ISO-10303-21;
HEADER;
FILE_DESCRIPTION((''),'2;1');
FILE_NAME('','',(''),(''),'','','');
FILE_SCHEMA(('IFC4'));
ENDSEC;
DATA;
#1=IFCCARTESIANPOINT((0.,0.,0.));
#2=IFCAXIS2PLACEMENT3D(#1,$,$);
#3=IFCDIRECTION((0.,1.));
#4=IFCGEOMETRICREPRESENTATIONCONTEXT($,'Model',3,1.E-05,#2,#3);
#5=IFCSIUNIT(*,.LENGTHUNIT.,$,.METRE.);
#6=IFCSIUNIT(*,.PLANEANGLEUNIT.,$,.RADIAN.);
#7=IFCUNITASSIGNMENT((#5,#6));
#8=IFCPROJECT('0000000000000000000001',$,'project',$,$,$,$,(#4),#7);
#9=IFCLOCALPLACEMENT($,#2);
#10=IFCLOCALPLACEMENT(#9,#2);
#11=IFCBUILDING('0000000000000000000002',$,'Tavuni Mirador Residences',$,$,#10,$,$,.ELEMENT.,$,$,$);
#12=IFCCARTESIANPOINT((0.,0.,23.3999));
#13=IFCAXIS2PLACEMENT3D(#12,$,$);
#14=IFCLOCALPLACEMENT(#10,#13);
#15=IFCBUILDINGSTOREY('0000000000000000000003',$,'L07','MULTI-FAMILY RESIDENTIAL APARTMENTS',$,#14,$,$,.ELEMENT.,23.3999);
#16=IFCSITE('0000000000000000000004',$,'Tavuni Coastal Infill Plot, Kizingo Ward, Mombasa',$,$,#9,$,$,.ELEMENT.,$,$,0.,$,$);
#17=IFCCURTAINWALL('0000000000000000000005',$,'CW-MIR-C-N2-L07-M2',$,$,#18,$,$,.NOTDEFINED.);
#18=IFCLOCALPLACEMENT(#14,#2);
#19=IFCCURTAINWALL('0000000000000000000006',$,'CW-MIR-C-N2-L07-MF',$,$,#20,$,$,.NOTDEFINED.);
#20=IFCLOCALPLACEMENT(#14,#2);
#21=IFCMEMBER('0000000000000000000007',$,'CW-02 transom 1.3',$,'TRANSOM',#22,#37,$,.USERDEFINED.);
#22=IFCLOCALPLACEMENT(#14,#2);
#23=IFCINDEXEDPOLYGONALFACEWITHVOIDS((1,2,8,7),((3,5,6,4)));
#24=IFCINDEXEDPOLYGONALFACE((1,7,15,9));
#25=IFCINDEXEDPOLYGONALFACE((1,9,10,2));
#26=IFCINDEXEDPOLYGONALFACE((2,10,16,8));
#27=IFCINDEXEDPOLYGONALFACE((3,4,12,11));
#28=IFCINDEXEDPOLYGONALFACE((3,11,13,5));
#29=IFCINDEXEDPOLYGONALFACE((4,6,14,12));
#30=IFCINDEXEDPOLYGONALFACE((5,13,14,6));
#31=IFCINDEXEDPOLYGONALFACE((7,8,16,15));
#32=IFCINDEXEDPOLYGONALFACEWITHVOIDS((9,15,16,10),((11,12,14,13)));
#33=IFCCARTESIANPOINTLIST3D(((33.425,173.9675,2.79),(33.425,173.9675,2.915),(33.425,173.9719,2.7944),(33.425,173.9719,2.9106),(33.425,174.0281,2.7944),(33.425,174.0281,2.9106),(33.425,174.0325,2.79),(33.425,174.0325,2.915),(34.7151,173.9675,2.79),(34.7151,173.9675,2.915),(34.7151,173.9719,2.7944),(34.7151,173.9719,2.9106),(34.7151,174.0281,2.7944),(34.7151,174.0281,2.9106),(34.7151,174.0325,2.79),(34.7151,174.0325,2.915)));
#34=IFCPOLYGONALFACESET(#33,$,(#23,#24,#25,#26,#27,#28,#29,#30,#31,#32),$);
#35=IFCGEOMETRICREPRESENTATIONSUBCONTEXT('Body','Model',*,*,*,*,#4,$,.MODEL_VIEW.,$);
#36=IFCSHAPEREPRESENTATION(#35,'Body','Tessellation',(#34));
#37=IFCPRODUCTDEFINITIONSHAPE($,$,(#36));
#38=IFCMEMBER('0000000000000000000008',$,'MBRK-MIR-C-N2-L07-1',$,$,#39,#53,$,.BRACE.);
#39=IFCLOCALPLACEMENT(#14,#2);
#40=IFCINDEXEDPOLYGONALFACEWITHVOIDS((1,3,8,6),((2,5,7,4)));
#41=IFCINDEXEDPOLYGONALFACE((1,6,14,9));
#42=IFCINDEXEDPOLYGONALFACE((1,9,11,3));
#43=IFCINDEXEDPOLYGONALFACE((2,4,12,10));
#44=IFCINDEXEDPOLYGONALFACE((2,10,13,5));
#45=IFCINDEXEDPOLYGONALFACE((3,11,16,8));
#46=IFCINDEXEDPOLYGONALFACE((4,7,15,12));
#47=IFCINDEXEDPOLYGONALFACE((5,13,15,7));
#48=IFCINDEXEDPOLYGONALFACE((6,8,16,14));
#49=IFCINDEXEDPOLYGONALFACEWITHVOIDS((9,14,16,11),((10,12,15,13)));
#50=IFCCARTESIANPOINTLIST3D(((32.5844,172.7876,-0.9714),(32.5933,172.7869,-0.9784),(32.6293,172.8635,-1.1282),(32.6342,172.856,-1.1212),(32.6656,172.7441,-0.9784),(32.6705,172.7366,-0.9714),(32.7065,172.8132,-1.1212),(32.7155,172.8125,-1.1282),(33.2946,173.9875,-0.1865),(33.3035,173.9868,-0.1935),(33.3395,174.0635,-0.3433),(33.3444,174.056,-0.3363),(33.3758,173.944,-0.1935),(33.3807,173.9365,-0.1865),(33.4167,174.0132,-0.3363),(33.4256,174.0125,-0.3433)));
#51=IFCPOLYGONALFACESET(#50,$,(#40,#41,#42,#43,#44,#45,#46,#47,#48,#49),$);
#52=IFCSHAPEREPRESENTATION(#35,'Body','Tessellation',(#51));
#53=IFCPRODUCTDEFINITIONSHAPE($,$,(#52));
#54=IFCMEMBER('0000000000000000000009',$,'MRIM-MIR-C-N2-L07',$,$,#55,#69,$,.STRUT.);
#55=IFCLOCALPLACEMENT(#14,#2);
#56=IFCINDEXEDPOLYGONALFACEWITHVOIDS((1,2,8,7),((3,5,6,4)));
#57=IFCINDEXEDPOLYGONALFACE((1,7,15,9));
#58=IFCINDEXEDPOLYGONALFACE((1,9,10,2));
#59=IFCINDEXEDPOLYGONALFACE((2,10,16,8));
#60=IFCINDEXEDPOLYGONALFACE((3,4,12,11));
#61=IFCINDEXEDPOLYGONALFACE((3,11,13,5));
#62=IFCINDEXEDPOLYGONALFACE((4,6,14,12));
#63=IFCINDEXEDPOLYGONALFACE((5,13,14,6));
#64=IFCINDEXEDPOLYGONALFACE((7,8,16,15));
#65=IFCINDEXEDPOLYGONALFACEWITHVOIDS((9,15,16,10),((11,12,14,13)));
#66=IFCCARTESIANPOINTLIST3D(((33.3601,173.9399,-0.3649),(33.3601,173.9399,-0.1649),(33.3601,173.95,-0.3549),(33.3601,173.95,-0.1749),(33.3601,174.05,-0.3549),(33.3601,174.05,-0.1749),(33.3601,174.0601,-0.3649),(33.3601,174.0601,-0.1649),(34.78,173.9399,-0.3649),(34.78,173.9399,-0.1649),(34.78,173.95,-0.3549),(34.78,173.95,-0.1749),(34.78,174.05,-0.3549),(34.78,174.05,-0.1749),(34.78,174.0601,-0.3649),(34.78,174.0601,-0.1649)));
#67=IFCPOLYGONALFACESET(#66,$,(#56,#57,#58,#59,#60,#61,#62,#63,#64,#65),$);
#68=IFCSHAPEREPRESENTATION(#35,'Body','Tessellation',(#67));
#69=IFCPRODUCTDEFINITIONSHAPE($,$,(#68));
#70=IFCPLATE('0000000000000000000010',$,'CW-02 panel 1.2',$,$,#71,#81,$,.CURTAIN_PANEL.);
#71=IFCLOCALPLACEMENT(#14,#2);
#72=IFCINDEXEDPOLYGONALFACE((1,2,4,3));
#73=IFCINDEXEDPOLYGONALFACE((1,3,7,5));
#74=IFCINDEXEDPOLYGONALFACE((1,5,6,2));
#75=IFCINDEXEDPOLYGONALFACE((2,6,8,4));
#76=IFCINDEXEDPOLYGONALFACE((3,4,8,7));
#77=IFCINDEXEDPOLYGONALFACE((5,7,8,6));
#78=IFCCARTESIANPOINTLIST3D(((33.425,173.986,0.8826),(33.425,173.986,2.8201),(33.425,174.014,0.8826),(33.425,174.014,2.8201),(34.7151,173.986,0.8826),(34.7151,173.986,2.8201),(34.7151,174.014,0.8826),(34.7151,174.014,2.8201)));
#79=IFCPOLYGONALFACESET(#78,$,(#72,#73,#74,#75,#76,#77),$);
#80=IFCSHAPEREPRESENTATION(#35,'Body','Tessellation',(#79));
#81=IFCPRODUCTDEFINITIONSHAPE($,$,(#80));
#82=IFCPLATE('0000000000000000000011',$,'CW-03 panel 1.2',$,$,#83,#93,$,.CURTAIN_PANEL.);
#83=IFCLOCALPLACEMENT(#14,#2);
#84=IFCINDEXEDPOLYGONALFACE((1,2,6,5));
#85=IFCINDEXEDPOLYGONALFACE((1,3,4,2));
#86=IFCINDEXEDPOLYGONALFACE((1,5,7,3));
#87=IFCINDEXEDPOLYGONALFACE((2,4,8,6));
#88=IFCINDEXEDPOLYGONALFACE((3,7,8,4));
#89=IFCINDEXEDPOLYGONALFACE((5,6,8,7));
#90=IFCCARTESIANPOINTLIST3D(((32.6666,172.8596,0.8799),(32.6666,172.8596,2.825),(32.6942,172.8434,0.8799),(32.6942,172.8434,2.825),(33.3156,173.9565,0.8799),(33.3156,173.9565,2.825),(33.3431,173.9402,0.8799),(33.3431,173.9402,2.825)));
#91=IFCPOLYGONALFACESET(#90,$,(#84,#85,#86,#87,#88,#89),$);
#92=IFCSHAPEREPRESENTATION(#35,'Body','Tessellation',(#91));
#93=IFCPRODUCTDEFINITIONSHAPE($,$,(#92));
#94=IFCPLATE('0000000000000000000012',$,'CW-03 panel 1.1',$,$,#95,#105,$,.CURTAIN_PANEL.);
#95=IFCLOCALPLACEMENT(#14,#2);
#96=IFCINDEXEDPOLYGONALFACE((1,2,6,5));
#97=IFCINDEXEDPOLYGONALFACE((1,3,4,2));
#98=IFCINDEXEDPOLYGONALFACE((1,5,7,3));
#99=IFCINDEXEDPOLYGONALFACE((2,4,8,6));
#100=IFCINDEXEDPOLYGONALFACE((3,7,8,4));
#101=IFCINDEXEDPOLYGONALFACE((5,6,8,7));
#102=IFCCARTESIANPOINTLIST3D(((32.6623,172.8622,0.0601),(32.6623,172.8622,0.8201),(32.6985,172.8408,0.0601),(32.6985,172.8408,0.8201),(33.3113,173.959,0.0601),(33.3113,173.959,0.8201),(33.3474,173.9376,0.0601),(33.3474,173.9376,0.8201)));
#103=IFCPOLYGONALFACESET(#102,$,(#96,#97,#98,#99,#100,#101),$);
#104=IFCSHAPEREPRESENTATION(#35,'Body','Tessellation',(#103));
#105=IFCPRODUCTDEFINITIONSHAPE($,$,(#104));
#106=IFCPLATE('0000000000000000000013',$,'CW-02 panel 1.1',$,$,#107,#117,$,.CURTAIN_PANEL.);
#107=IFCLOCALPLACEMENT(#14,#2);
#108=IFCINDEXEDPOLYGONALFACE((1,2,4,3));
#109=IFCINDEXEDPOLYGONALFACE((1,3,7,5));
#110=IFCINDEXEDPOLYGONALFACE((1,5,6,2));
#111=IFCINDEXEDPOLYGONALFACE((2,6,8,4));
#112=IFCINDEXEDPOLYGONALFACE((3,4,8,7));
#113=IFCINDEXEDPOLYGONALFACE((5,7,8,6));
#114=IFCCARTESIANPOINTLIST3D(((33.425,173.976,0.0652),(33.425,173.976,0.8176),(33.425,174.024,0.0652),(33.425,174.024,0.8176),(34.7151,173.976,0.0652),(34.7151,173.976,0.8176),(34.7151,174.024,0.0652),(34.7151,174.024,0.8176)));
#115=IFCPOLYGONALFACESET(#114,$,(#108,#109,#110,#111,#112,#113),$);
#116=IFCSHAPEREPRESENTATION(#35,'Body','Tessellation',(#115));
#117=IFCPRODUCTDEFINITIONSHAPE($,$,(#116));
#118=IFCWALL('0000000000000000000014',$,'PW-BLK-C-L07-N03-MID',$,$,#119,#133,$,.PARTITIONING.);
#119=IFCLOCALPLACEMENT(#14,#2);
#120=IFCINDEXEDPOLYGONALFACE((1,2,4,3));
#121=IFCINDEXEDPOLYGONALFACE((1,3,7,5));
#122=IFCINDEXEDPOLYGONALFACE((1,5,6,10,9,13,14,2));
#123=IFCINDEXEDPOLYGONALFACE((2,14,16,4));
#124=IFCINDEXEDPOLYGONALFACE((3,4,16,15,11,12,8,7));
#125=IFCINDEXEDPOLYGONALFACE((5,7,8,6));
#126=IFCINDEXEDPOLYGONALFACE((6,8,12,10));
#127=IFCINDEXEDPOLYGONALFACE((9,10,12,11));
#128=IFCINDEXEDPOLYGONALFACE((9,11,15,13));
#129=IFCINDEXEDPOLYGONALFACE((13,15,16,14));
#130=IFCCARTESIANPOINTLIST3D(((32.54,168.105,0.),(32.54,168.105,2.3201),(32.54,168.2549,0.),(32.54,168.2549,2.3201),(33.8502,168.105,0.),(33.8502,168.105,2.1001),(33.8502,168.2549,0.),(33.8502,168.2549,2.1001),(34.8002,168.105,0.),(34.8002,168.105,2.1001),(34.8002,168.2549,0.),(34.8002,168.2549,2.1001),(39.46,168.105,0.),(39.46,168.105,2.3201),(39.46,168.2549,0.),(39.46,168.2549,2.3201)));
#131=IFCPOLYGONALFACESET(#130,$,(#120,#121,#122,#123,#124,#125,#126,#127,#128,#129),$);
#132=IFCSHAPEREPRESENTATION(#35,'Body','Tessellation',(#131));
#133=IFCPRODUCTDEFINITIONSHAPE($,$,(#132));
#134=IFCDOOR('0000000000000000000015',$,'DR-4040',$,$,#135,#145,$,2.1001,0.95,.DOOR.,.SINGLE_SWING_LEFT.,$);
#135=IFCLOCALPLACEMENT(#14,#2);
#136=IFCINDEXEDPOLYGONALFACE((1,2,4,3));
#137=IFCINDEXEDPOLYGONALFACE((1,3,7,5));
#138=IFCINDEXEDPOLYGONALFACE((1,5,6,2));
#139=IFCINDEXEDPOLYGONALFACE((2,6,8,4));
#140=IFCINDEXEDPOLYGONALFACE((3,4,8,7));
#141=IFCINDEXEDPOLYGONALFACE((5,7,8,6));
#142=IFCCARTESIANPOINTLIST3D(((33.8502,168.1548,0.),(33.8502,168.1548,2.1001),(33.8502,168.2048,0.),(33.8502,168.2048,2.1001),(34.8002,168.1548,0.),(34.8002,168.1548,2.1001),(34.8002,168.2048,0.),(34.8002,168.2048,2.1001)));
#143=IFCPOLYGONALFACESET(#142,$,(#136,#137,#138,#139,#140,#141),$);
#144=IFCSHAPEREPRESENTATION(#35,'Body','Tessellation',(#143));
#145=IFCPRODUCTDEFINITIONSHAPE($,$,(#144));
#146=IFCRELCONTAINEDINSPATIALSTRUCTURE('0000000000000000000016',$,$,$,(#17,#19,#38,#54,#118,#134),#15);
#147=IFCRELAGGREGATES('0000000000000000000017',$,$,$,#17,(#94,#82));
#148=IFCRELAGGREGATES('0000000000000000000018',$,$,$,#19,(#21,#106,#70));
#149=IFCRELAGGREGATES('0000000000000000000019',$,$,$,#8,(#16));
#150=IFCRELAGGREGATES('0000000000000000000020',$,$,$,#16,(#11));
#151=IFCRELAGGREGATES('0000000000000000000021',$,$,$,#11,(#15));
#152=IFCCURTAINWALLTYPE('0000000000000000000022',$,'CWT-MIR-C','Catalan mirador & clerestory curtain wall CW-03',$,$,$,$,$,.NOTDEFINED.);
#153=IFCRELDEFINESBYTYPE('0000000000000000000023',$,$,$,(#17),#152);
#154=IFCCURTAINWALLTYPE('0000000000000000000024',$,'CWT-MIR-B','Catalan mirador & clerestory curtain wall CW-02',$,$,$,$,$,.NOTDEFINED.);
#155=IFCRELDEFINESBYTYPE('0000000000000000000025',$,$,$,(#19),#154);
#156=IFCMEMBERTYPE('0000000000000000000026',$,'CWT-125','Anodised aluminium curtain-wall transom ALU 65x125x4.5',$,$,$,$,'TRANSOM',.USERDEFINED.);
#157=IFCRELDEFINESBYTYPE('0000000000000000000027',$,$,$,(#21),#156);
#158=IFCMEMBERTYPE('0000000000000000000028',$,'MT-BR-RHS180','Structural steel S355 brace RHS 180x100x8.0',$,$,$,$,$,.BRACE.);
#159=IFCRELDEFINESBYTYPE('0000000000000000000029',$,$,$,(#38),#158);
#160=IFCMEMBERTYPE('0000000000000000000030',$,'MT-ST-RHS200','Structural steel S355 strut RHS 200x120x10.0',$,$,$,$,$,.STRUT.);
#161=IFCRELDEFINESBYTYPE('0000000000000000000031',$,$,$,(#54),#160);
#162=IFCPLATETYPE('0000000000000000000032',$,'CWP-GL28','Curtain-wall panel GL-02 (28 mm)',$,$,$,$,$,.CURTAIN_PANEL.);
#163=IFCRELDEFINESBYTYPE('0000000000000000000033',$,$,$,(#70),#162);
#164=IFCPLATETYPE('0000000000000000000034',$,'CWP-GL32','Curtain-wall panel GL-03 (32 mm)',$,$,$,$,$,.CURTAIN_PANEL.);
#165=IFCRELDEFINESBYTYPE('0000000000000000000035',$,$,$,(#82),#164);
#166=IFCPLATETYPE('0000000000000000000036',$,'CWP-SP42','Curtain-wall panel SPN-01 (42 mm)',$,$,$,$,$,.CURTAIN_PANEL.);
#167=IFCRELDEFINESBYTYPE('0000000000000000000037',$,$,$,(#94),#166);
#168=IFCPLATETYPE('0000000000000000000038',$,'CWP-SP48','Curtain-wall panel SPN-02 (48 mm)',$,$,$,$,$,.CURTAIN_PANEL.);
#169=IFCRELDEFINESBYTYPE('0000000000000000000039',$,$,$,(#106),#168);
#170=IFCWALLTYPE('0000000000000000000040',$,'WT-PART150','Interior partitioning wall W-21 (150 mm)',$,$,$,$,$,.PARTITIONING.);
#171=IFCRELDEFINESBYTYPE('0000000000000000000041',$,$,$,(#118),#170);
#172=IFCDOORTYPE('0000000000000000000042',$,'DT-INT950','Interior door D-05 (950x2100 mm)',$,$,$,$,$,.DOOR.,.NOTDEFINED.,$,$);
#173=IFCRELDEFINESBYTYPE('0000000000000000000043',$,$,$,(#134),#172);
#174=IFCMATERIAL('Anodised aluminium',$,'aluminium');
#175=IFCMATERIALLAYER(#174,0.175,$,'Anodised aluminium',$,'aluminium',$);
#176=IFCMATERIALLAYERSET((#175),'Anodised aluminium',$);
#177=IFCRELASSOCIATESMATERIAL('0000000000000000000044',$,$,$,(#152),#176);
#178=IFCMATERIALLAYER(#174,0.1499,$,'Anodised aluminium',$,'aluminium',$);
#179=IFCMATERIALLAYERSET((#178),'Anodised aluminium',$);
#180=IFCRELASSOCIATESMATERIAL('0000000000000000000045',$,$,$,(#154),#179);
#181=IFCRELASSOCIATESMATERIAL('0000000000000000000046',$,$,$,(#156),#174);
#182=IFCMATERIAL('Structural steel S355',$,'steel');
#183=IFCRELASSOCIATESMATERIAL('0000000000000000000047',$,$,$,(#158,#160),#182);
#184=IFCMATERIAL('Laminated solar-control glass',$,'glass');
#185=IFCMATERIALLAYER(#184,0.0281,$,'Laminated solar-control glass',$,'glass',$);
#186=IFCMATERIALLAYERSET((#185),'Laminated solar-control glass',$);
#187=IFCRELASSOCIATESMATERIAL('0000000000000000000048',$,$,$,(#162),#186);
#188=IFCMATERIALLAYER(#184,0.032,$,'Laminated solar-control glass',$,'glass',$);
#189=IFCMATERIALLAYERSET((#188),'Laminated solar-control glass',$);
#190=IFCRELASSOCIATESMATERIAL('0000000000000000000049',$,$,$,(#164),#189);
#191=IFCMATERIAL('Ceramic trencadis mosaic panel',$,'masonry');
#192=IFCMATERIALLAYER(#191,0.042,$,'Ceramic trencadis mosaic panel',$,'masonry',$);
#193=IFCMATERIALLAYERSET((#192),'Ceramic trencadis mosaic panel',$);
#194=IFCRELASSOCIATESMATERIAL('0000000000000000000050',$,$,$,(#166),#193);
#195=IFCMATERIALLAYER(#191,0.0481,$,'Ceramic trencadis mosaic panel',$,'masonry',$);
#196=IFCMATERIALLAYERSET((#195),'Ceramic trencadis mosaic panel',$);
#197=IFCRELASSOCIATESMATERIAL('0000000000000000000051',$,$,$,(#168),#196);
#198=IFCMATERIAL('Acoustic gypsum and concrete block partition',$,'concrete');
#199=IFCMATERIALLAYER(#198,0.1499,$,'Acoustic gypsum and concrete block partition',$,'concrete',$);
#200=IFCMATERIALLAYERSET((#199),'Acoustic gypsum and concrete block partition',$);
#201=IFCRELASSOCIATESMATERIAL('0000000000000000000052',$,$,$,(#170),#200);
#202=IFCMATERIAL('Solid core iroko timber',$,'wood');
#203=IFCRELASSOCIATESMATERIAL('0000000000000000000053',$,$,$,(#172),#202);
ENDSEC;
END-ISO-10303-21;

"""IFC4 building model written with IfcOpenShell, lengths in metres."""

from ifc_helpers import new_model, si_unit, direction, frame, frame_2d, origin, origin_2d, place, context, subcontext, project, spatial, rectangle, hollow_rectangle, extrude, material, layer, layer_set, material_profile, profile_set, type_object, element, fill, aggregate, save


model = new_model("IFC4")

# Units and contexts
model_context = context("Model", 3, precision=1e-05, world=origin(), true_north=direction((0.0, 1.0)))
body_context = subcontext(model_context, "Body", "Model", "MODEL_VIEW")
ifc_project = project(units=[si_unit("LENGTHUNIT", "METRE"), si_unit("PLANEANGLEUNIT", "RADIAN")], contexts=[model_context])

# Site, building, storey
site_placement = place(None, origin())
site = spatial("IfcSite", under=ifc_project, at=site_placement, Name="Tavuni Coastal Infill Plot, Kizingo Ward, Mombasa", CompositionType="ELEMENT", RefElevation=0.0)
building_placement = place(site_placement, origin())
building = spatial("IfcBuilding", under=site, at=building_placement, Name="Tavuni Mirador Residences", CompositionType="ELEMENT")
storey_placement = place(building_placement, frame((0.0, 0.0, 23.3999)))
storey = spatial("IfcBuildingStorey", under=building, at=storey_placement, Name="L07", Description="MULTI-FAMILY RESIDENTIAL APARTMENTS", CompositionType="ELEMENT", Elevation=23.3999)

# Curtain wall
ifc_material_1 = material(Name="Anodised aluminium", Category="aluminium")
ifc_layer_1 = layer(ifc_material_1, 0.175, Name="Anodised aluminium", Category="aluminium")
ifc_layer_set_1 = layer_set([ifc_layer_1], Name="Anodised aluminium")
curtain_wall_type_1 = type_object("IfcCurtainWallType", Name="CWT-MIR-C", Description="Catalan mirador & clerestory curtain wall CW-03", PredefinedType="NOTDEFINED", material=ifc_layer_set_1)
curtain_wall_1_placement = place(storey_placement, origin())
curtain_wall_1 = element("IfcCurtainWall", 1, at=curtain_wall_1_placement, inside=storey, type_object=curtain_wall_type_1, Name="CW-MIR-C-N2-L07-M2", PredefinedType="NOTDEFINED")

# Curtain wall
ifc_layer_2 = layer(ifc_material_1, 0.1499, Name="Anodised aluminium", Category="aluminium")
ifc_layer_set_2 = layer_set([ifc_layer_2], Name="Anodised aluminium")
curtain_wall_type_2 = type_object("IfcCurtainWallType", Name="CWT-MIR-B", Description="Catalan mirador & clerestory curtain wall CW-02", PredefinedType="NOTDEFINED", material=ifc_layer_set_2)
curtain_wall_2_placement = place(storey_placement, origin())
curtain_wall_2 = element("IfcCurtainWall", 2, at=curtain_wall_2_placement, inside=storey, type_object=curtain_wall_type_2, Name="CW-MIR-C-N2-L07-MF", PredefinedType="NOTDEFINED")

# Member
ifc_material_profile_1 = material_profile(ifc_material_1, hollow_rectangle(XDim=0.0649, YDim=0.125, WallThickness=0.0044, at=origin_2d()), Name="ALU 65x125x4.5", Category="aluminium")
ifc_profile_set_1 = profile_set([ifc_material_profile_1], Name="Anodised aluminium")
member_type_1 = type_object("IfcMemberType", Name="CWT-125", Description="Anodised aluminium curtain-wall transom ALU 65x125x4.5", ElementType="TRANSOM", PredefinedType="USERDEFINED", material=ifc_profile_set_1)
member_1_placement = place(storey_placement, frame((34.7151, 174.0, 2.8525), z_axis=(-1.0, 0.0, 0.0), x_axis=(0.0, -1.0, 0.0)))
member_1 = element("IfcMember", 3, at=member_1_placement, type_object=member_type_1, Name="CW-02 transom 1.3", ObjectType="TRANSOM", PredefinedType="USERDEFINED", context=body_context, shape_type="SweptSolid", body=[
    extrude(hollow_rectangle(XDim=0.0649, YDim=0.125, WallThickness=0.0044, at=origin_2d()), origin(), (0.0, 0.0, 1.0), 1.29),
])

# Members
ifc_material_2 = material(Name="Structural steel S355", Category="steel")
ifc_material_profile_2 = material_profile(ifc_material_2, hollow_rectangle(XDim=0.1001, YDim=0.1799, WallThickness=0.0081, at=origin_2d()), Name="RHS 180x100x8.0", Category="steel")
ifc_profile_set_2 = profile_set([ifc_material_profile_2], Name="Structural steel S355")
member_type_2 = type_object("IfcMemberType", Name="MT-BR-RHS180", Description="Structural steel S355 brace RHS 180x100x8.0", PredefinedType="BRACE", material=ifc_profile_set_2)
member_2_placement = place(storey_placement, frame((32.6499, 172.8, -1.0498), z_axis=(0.443847, 0.749917, 0.490535), x_axis=(-0.860567, 0.509337, 0.0)))
element("IfcMember", 4, at=member_2_placement, inside=storey, type_object=member_type_2, Name="MBRK-MIR-C-N2-L07-1", PredefinedType="BRACE", context=body_context, shape_type="SweptSolid", body=[
    extrude(hollow_rectangle(XDim=0.1001, YDim=0.1799, WallThickness=0.0081, at=origin_2d()), origin(), (0.0, 0.0, 1.0), 1.6001),
])
ifc_material_profile_3 = material_profile(ifc_material_2, hollow_rectangle(XDim=0.1201, YDim=0.2, WallThickness=0.01, at=origin_2d()), Name="RHS 200x120x10.0", Category="steel")
ifc_profile_set_3 = profile_set([ifc_material_profile_3], Name="Structural steel S355")
member_type_3 = type_object("IfcMemberType", Name="MT-ST-RHS200", Description="Structural steel S355 strut RHS 200x120x10.0", PredefinedType="STRUT", material=ifc_profile_set_3)
member_3_placement = place(storey_placement, frame((33.3601, 174.0, -0.2649), z_axis=(1.0, 0.0, 0.0), x_axis=(0.0, 1.0, 0.0)))
element("IfcMember", 5, at=member_3_placement, inside=storey, type_object=member_type_3, Name="MRIM-MIR-C-N2-L07", PredefinedType="STRUT", context=body_context, shape_type="SweptSolid", body=[
    extrude(hollow_rectangle(XDim=0.1201, YDim=0.2, WallThickness=0.01, at=origin_2d()), origin(), (0.0, 0.0, 1.0), 1.4199),
])

# Plates
ifc_material_3 = material(Name="Laminated solar-control glass", Category="glass")
ifc_layer_3 = layer(ifc_material_3, 0.0281, Name="Laminated solar-control glass", Category="glass")
ifc_layer_set_3 = layer_set([ifc_layer_3], Name="Laminated solar-control glass")
plate_type_1 = type_object("IfcPlateType", Name="CWP-GL28", Description="Curtain-wall panel GL-02 (28 mm)", PredefinedType="CURTAIN_PANEL", material=ifc_layer_set_3)
plate_1_placement = place(storey_placement, frame((34.0701, 174.0, 0.8826), z_axis=(0.0, 0.0, 1.0), x_axis=(-1.0, 0.0, 0.0)))
plate_1 = element("IfcPlate", 6, at=plate_1_placement, type_object=plate_type_1, Name="CW-02 panel 1.2", PredefinedType="CURTAIN_PANEL", context=body_context, shape_type="SweptSolid", body=[
    extrude(rectangle(XDim=1.29, YDim=0.0281, at=origin_2d()), origin(), (0.0, 0.0, 1.0), 1.9375),
])
ifc_layer_4 = layer(ifc_material_3, 0.032, Name="Laminated solar-control glass", Category="glass")
ifc_layer_set_4 = layer_set([ifc_layer_4], Name="Laminated solar-control glass")
plate_type_2 = type_object("IfcPlateType", Name="CWP-GL32", Description="Curtain-wall panel GL-03 (32 mm)", PredefinedType="CURTAIN_PANEL", material=ifc_layer_set_4)
plate_2_placement = place(storey_placement, frame((33.0049, 173.3999, 0.8799), z_axis=(0.0, 0.0, 1.0), x_axis=(-0.509212, -0.860641, 0.0)))
plate_2 = element("IfcPlate", 7, at=plate_2_placement, type_object=plate_type_2, Name="CW-03 panel 1.2", PredefinedType="CURTAIN_PANEL", context=body_context, shape_type="SweptSolid", body=[
    extrude(rectangle(XDim=1.2744, YDim=0.032, at=origin_2d()), origin(), (0.0, 0.0, 1.0), 1.9451),
])
ifc_material_4 = material(Name="Ceramic trencadis mosaic panel", Category="masonry")
ifc_layer_5 = layer(ifc_material_4, 0.042, Name="Ceramic trencadis mosaic panel", Category="masonry")
ifc_layer_set_5 = layer_set([ifc_layer_5], Name="Ceramic trencadis mosaic panel")
plate_type_3 = type_object("IfcPlateType", Name="CWP-SP42", Description="Curtain-wall panel SPN-01 (42 mm)", PredefinedType="CURTAIN_PANEL", material=ifc_layer_set_5)
plate_3_placement = place(storey_placement, frame((33.0049, 173.3999, 0.0601), z_axis=(0.0, 0.0, 1.0), x_axis=(-0.509212, -0.860641, 0.0)))
plate_3 = element("IfcPlate", 8, at=plate_3_placement, type_object=plate_type_3, Name="CW-03 panel 1.1", PredefinedType="CURTAIN_PANEL", context=body_context, shape_type="SweptSolid", body=[
    extrude(rectangle(XDim=1.2744, YDim=0.042, at=origin_2d()), origin(), (0.0, 0.0, 1.0), 0.76),
])
aggregate(curtain_wall_1, [plate_3, plate_2])
ifc_layer_6 = layer(ifc_material_4, 0.0481, Name="Ceramic trencadis mosaic panel", Category="masonry")
ifc_layer_set_6 = layer_set([ifc_layer_6], Name="Ceramic trencadis mosaic panel")
plate_type_4 = type_object("IfcPlateType", Name="CWP-SP48", Description="Curtain-wall panel SPN-02 (48 mm)", PredefinedType="CURTAIN_PANEL", material=ifc_layer_set_6)
plate_4_placement = place(storey_placement, frame((34.0701, 174.0, 0.0652), z_axis=(0.0, 0.0, 1.0), x_axis=(-1.0, 0.0, 0.0)))
plate_4 = element("IfcPlate", 9, at=plate_4_placement, type_object=plate_type_4, Name="CW-02 panel 1.1", PredefinedType="CURTAIN_PANEL", context=body_context, shape_type="SweptSolid", body=[
    extrude(rectangle(XDim=1.29, YDim=0.0481, at=origin_2d()), origin(), (0.0, 0.0, 1.0), 0.7524),
])
aggregate(curtain_wall_2, [member_1, plate_4, plate_1])

# Wall, opening, door
ifc_material_5 = material(Name="Acoustic gypsum and concrete block partition", Category="concrete")
ifc_layer_7 = layer(ifc_material_5, 0.1499, Name="Acoustic gypsum and concrete block partition", Category="concrete")
ifc_layer_set_7 = layer_set([ifc_layer_7], Name="Acoustic gypsum and concrete block partition")
wall_type = type_object("IfcWallType", Name="WT-PART150", Description="Interior partitioning wall W-21 (150 mm)", PredefinedType="PARTITIONING", material=ifc_layer_set_7)
wall_placement = place(storey_placement, frame((32.54, 168.1799, 0.0), z_axis=(0.0, 0.0, 1.0), x_axis=(1.0, 0.0, 0.0)))
wall = element("IfcWall", 10, at=wall_placement, inside=storey, type_object=wall_type, Name="PW-BLK-C-L07-N03-MID", PredefinedType="PARTITIONING", context=body_context, shape_type="SweptSolid", body=[
    extrude(rectangle(XDim=6.9199, YDim=0.1499, at=frame_2d((3.46, 0.0))), origin(), (0.0, 0.0, 1.0), 2.3201),
])
opening_placement = place(wall_placement, frame((1.3101, 0.0, 0.0)))
opening = element("IfcOpeningElement", 11, at=opening_placement, cuts=wall, PredefinedType="OPENING", context=body_context, shape_type="SweptSolid", body=[
    extrude(rectangle(XDim=0.95, YDim=2.1001, at=frame_2d((0.4751, 1.05))), frame((0.0, 0.085, 0.0), z_axis=(0.0, -1.0, 0.0), x_axis=(1.0, 0.0, 0.0)), (0.0, 0.0, 1.0), 0.1699),
])
ifc_material_6 = material(Name="Solid core iroko timber", Category="wood")
door_type = type_object("IfcDoorType", Name="DT-INT950", Description="Interior door D-05 (950x2100 mm)", OperationType="NOTDEFINED", PredefinedType="DOOR", material=ifc_material_6)
door_placement = place(opening_placement, origin())
door = element("IfcDoor", 12, at=door_placement, inside=storey, type_object=door_type, Name="DR-4040", OperationType="SINGLE_SWING_LEFT", OverallHeight=2.1001, OverallWidth=0.95, PredefinedType="DOOR", context=body_context, shape_type="SweptSolid", body=[
    extrude(rectangle(XDim=0.95, YDim=2.1001, at=frame_2d((0.4751, 1.05))), frame((0.0, 0.0249, 0.0), z_axis=(0.0, -1.0, 0.0), x_axis=(1.0, 0.0, 0.0)), (0.0, 0.0, 1.0), 0.05),
])
fill(opening, door)

save(model, "model.ifc")
